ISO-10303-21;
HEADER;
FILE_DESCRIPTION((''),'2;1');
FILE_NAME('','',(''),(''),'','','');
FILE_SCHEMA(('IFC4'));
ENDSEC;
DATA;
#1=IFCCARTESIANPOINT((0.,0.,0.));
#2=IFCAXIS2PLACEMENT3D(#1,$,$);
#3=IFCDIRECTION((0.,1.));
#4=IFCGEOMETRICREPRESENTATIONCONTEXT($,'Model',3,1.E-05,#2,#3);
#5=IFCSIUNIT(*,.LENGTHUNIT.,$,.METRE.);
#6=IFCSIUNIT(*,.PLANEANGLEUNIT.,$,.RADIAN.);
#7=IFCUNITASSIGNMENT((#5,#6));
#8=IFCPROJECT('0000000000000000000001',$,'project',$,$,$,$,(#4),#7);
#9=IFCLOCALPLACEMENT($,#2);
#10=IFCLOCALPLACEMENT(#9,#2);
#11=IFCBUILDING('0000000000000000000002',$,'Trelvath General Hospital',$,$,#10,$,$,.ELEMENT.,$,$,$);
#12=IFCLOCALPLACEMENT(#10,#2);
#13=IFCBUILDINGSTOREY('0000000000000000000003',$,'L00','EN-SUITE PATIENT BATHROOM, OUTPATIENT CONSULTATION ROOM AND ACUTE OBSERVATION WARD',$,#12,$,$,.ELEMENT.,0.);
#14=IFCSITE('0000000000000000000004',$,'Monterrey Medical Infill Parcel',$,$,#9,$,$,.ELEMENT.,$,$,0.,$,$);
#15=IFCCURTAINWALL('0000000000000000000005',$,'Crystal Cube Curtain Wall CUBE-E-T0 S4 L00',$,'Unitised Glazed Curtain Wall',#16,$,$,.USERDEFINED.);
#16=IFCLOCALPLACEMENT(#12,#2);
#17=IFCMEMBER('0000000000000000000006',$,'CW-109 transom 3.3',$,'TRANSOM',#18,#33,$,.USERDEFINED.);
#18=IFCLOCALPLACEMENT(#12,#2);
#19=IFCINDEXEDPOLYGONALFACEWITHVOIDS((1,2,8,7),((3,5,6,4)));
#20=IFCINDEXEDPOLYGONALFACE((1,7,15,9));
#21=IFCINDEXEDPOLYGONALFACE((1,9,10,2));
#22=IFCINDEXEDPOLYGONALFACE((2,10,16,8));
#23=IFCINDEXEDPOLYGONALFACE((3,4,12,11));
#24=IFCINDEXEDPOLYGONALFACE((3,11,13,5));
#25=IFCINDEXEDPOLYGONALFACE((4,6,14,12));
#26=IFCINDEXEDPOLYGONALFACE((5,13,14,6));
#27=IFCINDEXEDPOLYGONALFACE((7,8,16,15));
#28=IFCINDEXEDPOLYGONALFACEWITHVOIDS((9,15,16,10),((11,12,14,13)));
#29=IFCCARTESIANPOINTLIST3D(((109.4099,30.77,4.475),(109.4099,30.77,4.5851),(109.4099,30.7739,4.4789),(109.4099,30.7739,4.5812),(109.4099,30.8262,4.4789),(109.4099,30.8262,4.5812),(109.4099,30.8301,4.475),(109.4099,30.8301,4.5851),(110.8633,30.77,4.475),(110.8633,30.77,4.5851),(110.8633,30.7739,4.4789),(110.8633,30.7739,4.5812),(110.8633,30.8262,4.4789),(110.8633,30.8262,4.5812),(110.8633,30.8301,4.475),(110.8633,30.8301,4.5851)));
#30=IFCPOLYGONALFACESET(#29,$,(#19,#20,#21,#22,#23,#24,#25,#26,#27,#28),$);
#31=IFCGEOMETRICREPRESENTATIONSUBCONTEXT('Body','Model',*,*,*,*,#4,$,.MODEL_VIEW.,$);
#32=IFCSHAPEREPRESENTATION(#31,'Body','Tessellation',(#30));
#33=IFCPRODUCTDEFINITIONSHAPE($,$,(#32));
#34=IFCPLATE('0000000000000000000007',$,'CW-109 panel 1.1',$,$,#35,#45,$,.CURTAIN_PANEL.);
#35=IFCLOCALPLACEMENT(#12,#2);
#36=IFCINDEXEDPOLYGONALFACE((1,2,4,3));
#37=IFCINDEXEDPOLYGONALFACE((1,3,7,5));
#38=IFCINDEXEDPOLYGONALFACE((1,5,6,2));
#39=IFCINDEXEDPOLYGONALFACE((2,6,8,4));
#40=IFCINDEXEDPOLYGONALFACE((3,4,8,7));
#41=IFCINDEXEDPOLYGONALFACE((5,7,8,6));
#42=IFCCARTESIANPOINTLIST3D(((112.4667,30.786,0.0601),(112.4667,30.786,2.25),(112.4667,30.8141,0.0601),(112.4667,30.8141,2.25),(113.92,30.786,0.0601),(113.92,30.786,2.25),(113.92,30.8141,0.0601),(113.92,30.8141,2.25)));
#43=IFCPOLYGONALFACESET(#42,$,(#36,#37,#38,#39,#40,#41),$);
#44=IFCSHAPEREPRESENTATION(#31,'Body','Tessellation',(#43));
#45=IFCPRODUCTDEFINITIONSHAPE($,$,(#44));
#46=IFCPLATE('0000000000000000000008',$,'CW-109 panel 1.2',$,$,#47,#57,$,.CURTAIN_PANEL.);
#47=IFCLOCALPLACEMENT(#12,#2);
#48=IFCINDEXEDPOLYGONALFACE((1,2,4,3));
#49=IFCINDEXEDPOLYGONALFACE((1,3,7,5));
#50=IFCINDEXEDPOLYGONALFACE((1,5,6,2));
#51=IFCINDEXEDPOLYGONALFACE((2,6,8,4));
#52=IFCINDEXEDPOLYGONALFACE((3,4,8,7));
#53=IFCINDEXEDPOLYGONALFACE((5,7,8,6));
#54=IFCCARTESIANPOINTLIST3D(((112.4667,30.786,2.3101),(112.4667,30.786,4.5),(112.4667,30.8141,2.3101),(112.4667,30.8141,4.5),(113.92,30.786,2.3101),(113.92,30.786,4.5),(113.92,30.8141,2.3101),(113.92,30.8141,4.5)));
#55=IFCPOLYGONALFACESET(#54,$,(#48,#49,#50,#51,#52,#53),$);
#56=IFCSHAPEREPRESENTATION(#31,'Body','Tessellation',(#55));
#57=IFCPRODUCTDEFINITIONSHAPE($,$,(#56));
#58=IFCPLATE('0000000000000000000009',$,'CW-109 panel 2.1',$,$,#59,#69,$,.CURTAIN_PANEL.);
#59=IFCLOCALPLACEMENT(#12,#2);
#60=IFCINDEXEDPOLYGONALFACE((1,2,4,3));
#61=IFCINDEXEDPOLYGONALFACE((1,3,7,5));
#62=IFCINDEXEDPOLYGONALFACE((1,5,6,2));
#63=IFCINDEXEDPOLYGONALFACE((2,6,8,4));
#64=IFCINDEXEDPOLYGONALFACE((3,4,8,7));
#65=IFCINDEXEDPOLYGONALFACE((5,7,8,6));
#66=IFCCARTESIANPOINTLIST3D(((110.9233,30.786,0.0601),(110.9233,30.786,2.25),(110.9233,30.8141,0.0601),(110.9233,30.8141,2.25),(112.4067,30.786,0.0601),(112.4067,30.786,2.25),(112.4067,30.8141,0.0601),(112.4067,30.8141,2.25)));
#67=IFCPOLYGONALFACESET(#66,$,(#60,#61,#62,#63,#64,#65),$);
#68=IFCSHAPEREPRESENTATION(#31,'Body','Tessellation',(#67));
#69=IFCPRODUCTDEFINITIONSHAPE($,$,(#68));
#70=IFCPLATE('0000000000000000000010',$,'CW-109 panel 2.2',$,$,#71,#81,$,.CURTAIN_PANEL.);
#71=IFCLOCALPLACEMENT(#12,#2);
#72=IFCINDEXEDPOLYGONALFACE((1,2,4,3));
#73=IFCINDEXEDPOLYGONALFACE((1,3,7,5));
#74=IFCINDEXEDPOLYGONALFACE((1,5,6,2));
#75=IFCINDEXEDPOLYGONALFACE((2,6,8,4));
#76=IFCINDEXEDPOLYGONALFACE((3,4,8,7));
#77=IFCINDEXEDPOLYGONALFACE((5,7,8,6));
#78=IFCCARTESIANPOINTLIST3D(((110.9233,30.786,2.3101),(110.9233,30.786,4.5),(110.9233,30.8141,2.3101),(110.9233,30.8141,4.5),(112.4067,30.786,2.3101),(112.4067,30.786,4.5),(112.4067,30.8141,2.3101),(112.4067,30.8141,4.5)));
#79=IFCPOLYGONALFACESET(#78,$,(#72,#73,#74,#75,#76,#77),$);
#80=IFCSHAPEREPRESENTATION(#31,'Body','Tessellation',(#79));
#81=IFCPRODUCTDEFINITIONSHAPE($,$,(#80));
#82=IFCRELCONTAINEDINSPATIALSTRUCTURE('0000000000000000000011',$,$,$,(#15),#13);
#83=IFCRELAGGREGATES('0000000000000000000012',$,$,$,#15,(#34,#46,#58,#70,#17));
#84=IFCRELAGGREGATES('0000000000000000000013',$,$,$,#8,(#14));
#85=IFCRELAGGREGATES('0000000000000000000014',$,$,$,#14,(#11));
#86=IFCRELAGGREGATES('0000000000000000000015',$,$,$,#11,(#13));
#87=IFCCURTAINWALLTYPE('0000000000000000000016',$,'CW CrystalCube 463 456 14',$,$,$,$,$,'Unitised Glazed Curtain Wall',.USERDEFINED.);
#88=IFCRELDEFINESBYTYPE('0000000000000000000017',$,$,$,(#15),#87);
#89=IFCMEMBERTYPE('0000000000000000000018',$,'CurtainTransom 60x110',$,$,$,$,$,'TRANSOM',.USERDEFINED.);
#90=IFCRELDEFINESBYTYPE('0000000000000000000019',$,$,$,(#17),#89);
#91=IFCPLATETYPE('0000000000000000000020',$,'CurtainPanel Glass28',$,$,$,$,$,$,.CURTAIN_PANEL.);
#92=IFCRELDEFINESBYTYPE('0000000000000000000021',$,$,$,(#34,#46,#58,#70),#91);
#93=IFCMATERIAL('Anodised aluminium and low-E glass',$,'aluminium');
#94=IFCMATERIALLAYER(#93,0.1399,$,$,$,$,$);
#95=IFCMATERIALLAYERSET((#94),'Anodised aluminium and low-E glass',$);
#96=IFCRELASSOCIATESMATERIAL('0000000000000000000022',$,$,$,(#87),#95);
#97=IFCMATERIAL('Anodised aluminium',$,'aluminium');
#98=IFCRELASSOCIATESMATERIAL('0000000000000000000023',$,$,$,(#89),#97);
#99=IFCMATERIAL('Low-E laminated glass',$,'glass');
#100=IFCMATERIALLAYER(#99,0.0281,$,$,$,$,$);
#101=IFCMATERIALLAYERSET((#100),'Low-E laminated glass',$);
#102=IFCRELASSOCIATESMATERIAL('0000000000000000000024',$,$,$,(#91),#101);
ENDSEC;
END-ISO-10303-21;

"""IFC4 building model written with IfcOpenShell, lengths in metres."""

from ifc_helpers import new_model, si_unit, direction, frame, origin, origin_2d, place, context, subcontext, project, spatial, rectangle, hollow_rectangle, extrude, material, layer, layer_set, material_profile, profile_set, type_object, element, aggregate, save


model = new_model("IFC4")

# Units and contexts
model_context = context("Model", 3, precision=1e-05, world=origin(), true_north=direction((0.0, 1.0)))
body_context = subcontext(model_context, "Body", "Model", "MODEL_VIEW")
ifc_project = project(units=[si_unit("LENGTHUNIT", "METRE"), si_unit("PLANEANGLEUNIT", "RADIAN")], contexts=[model_context])

# Site, building, storey
site_placement = place(None, origin())
site = spatial("IfcSite", under=ifc_project, at=site_placement, Name="Monterrey Medical Infill Parcel", CompositionType="ELEMENT", RefElevation=0.0)
building_placement = place(site_placement, origin())
building = spatial("IfcBuilding", under=site, at=building_placement, Name="Trelvath General Hospital", CompositionType="ELEMENT")
storey_placement = place(building_placement, origin())
storey = spatial("IfcBuildingStorey", under=building, at=storey_placement, Name="L00", Description="EN-SUITE PATIENT BATHROOM, OUTPATIENT CONSULTATION ROOM AND ACUTE OBSERVATION WARD", CompositionType="ELEMENT", Elevation=0.0)

# Curtain wall, member, plates
ifc_material_1 = material(Name="Anodised aluminium and low-E glass", Category="aluminium")
ifc_layer_1 = layer(ifc_material_1, 0.1399)
ifc_layer_set_1 = layer_set([ifc_layer_1], Name="Anodised aluminium and low-E glass")
curtain_wall_type = type_object("IfcCurtainWallType", Name="CW CrystalCube 463 456 14", ElementType="Unitised Glazed Curtain Wall", PredefinedType="USERDEFINED", material=ifc_layer_set_1)
curtain_wall_placement = place(storey_placement, origin())
curtain_wall = element("IfcCurtainWall", 1, at=curtain_wall_placement, inside=storey, type_object=curtain_wall_type, Name="Crystal Cube Curtain Wall CUBE-E-T0 S4 L00", ObjectType="Unitised Glazed Curtain Wall", PredefinedType="USERDEFINED")
ifc_material_2 = material(Name="Anodised aluminium", Category="aluminium")
ifc_material_profile_1 = material_profile(ifc_material_2, hollow_rectangle(XDim=0.0601, YDim=0.1101, WallThickness=0.0039, at=origin_2d()), Name="RHS60x110x4")
ifc_profile_set_1 = profile_set([ifc_material_profile_1], Name="Anodised aluminium")
member_type_1 = type_object("IfcMemberType", Name="CurtainTransom 60x110", ElementType="TRANSOM", PredefinedType="USERDEFINED", material=ifc_profile_set_1)
member_1_placement = place(storey_placement, frame((110.8633, 30.8, 4.53), z_axis=(-1.0, 0.0, 0.0), x_axis=(0.0, -1.0, 0.0)))
member_1 = element("IfcMember", 2, at=member_1_placement, type_object=member_type_1, Name="CW-109 transom 3.3", ObjectType="TRANSOM", PredefinedType="USERDEFINED", context=body_context, shape_type="SweptSolid", body=[
    extrude(hollow_rectangle(XDim=0.0601, YDim=0.1101, WallThickness=0.0039, at=origin_2d()), origin(), (0.0, 0.0, 1.0), 1.4534),
])
ifc_material_3 = material(Name="Low-E laminated glass", Category="glass")
ifc_layer_2 = layer(ifc_material_3, 0.0281)
ifc_layer_set_2 = layer_set([ifc_layer_2], Name="Low-E laminated glass")
plate_type = type_object("IfcPlateType", Name="CurtainPanel Glass28", PredefinedType="CURTAIN_PANEL", material=ifc_layer_set_2)
plate_1_placement = place(storey_placement, frame((113.1934, 30.8, 0.0601), z_axis=(0.0, 0.0, 1.0), x_axis=(-1.0, 0.0, 0.0)))
plate_1 = element("IfcPlate", 3, at=plate_1_placement, type_object=plate_type, Name="CW-109 panel 1.1", PredefinedType="CURTAIN_PANEL", context=body_context, shape_type="SweptSolid", body=[
    extrude(rectangle(XDim=1.4534, YDim=0.0281, at=origin_2d()), origin(), (0.0, 0.0, 1.0), 2.1899),
])
plate_2_placement = place(storey_placement, frame((113.1934, 30.8, 2.3101), z_axis=(0.0, 0.0, 1.0), x_axis=(-1.0, 0.0, 0.0)))
plate_2 = element("IfcPlate", 4, at=plate_2_placement, type_object=plate_type, Name="CW-109 panel 1.2", PredefinedType="CURTAIN_PANEL", context=body_context, shape_type="SweptSolid", body=[
    extrude(rectangle(XDim=1.4534, YDim=0.0281, at=origin_2d()), origin(), (0.0, 0.0, 1.0), 2.1899),
])
plate_3_placement = place(storey_placement, frame((111.665, 30.8, 0.0601), z_axis=(0.0, 0.0, 1.0), x_axis=(-1.0, 0.0, 0.0)))
plate_3 = element("IfcPlate", 5, at=plate_3_placement, type_object=plate_type, Name="CW-109 panel 2.1", PredefinedType="CURTAIN_PANEL", context=body_context, shape_type="SweptSolid", body=[
    extrude(rectangle(XDim=1.4834, YDim=0.0281, at=origin_2d()), origin(), (0.0, 0.0, 1.0), 2.1899),
])
plate_4_placement = place(storey_placement, frame((111.665, 30.8, 2.3101), z_axis=(0.0, 0.0, 1.0), x_axis=(-1.0, 0.0, 0.0)))
plate_4 = element("IfcPlate", 6, at=plate_4_placement, type_object=plate_type, Name="CW-109 panel 2.2", PredefinedType="CURTAIN_PANEL", context=body_context, shape_type="SweptSolid", body=[
    extrude(rectangle(XDim=1.4834, YDim=0.0281, at=origin_2d()), origin(), (0.0, 0.0, 1.0), 2.1899),
])
aggregate(curtain_wall, [plate_1, plate_2, plate_3, plate_4, member_1])

save(model, "model.ifc")
